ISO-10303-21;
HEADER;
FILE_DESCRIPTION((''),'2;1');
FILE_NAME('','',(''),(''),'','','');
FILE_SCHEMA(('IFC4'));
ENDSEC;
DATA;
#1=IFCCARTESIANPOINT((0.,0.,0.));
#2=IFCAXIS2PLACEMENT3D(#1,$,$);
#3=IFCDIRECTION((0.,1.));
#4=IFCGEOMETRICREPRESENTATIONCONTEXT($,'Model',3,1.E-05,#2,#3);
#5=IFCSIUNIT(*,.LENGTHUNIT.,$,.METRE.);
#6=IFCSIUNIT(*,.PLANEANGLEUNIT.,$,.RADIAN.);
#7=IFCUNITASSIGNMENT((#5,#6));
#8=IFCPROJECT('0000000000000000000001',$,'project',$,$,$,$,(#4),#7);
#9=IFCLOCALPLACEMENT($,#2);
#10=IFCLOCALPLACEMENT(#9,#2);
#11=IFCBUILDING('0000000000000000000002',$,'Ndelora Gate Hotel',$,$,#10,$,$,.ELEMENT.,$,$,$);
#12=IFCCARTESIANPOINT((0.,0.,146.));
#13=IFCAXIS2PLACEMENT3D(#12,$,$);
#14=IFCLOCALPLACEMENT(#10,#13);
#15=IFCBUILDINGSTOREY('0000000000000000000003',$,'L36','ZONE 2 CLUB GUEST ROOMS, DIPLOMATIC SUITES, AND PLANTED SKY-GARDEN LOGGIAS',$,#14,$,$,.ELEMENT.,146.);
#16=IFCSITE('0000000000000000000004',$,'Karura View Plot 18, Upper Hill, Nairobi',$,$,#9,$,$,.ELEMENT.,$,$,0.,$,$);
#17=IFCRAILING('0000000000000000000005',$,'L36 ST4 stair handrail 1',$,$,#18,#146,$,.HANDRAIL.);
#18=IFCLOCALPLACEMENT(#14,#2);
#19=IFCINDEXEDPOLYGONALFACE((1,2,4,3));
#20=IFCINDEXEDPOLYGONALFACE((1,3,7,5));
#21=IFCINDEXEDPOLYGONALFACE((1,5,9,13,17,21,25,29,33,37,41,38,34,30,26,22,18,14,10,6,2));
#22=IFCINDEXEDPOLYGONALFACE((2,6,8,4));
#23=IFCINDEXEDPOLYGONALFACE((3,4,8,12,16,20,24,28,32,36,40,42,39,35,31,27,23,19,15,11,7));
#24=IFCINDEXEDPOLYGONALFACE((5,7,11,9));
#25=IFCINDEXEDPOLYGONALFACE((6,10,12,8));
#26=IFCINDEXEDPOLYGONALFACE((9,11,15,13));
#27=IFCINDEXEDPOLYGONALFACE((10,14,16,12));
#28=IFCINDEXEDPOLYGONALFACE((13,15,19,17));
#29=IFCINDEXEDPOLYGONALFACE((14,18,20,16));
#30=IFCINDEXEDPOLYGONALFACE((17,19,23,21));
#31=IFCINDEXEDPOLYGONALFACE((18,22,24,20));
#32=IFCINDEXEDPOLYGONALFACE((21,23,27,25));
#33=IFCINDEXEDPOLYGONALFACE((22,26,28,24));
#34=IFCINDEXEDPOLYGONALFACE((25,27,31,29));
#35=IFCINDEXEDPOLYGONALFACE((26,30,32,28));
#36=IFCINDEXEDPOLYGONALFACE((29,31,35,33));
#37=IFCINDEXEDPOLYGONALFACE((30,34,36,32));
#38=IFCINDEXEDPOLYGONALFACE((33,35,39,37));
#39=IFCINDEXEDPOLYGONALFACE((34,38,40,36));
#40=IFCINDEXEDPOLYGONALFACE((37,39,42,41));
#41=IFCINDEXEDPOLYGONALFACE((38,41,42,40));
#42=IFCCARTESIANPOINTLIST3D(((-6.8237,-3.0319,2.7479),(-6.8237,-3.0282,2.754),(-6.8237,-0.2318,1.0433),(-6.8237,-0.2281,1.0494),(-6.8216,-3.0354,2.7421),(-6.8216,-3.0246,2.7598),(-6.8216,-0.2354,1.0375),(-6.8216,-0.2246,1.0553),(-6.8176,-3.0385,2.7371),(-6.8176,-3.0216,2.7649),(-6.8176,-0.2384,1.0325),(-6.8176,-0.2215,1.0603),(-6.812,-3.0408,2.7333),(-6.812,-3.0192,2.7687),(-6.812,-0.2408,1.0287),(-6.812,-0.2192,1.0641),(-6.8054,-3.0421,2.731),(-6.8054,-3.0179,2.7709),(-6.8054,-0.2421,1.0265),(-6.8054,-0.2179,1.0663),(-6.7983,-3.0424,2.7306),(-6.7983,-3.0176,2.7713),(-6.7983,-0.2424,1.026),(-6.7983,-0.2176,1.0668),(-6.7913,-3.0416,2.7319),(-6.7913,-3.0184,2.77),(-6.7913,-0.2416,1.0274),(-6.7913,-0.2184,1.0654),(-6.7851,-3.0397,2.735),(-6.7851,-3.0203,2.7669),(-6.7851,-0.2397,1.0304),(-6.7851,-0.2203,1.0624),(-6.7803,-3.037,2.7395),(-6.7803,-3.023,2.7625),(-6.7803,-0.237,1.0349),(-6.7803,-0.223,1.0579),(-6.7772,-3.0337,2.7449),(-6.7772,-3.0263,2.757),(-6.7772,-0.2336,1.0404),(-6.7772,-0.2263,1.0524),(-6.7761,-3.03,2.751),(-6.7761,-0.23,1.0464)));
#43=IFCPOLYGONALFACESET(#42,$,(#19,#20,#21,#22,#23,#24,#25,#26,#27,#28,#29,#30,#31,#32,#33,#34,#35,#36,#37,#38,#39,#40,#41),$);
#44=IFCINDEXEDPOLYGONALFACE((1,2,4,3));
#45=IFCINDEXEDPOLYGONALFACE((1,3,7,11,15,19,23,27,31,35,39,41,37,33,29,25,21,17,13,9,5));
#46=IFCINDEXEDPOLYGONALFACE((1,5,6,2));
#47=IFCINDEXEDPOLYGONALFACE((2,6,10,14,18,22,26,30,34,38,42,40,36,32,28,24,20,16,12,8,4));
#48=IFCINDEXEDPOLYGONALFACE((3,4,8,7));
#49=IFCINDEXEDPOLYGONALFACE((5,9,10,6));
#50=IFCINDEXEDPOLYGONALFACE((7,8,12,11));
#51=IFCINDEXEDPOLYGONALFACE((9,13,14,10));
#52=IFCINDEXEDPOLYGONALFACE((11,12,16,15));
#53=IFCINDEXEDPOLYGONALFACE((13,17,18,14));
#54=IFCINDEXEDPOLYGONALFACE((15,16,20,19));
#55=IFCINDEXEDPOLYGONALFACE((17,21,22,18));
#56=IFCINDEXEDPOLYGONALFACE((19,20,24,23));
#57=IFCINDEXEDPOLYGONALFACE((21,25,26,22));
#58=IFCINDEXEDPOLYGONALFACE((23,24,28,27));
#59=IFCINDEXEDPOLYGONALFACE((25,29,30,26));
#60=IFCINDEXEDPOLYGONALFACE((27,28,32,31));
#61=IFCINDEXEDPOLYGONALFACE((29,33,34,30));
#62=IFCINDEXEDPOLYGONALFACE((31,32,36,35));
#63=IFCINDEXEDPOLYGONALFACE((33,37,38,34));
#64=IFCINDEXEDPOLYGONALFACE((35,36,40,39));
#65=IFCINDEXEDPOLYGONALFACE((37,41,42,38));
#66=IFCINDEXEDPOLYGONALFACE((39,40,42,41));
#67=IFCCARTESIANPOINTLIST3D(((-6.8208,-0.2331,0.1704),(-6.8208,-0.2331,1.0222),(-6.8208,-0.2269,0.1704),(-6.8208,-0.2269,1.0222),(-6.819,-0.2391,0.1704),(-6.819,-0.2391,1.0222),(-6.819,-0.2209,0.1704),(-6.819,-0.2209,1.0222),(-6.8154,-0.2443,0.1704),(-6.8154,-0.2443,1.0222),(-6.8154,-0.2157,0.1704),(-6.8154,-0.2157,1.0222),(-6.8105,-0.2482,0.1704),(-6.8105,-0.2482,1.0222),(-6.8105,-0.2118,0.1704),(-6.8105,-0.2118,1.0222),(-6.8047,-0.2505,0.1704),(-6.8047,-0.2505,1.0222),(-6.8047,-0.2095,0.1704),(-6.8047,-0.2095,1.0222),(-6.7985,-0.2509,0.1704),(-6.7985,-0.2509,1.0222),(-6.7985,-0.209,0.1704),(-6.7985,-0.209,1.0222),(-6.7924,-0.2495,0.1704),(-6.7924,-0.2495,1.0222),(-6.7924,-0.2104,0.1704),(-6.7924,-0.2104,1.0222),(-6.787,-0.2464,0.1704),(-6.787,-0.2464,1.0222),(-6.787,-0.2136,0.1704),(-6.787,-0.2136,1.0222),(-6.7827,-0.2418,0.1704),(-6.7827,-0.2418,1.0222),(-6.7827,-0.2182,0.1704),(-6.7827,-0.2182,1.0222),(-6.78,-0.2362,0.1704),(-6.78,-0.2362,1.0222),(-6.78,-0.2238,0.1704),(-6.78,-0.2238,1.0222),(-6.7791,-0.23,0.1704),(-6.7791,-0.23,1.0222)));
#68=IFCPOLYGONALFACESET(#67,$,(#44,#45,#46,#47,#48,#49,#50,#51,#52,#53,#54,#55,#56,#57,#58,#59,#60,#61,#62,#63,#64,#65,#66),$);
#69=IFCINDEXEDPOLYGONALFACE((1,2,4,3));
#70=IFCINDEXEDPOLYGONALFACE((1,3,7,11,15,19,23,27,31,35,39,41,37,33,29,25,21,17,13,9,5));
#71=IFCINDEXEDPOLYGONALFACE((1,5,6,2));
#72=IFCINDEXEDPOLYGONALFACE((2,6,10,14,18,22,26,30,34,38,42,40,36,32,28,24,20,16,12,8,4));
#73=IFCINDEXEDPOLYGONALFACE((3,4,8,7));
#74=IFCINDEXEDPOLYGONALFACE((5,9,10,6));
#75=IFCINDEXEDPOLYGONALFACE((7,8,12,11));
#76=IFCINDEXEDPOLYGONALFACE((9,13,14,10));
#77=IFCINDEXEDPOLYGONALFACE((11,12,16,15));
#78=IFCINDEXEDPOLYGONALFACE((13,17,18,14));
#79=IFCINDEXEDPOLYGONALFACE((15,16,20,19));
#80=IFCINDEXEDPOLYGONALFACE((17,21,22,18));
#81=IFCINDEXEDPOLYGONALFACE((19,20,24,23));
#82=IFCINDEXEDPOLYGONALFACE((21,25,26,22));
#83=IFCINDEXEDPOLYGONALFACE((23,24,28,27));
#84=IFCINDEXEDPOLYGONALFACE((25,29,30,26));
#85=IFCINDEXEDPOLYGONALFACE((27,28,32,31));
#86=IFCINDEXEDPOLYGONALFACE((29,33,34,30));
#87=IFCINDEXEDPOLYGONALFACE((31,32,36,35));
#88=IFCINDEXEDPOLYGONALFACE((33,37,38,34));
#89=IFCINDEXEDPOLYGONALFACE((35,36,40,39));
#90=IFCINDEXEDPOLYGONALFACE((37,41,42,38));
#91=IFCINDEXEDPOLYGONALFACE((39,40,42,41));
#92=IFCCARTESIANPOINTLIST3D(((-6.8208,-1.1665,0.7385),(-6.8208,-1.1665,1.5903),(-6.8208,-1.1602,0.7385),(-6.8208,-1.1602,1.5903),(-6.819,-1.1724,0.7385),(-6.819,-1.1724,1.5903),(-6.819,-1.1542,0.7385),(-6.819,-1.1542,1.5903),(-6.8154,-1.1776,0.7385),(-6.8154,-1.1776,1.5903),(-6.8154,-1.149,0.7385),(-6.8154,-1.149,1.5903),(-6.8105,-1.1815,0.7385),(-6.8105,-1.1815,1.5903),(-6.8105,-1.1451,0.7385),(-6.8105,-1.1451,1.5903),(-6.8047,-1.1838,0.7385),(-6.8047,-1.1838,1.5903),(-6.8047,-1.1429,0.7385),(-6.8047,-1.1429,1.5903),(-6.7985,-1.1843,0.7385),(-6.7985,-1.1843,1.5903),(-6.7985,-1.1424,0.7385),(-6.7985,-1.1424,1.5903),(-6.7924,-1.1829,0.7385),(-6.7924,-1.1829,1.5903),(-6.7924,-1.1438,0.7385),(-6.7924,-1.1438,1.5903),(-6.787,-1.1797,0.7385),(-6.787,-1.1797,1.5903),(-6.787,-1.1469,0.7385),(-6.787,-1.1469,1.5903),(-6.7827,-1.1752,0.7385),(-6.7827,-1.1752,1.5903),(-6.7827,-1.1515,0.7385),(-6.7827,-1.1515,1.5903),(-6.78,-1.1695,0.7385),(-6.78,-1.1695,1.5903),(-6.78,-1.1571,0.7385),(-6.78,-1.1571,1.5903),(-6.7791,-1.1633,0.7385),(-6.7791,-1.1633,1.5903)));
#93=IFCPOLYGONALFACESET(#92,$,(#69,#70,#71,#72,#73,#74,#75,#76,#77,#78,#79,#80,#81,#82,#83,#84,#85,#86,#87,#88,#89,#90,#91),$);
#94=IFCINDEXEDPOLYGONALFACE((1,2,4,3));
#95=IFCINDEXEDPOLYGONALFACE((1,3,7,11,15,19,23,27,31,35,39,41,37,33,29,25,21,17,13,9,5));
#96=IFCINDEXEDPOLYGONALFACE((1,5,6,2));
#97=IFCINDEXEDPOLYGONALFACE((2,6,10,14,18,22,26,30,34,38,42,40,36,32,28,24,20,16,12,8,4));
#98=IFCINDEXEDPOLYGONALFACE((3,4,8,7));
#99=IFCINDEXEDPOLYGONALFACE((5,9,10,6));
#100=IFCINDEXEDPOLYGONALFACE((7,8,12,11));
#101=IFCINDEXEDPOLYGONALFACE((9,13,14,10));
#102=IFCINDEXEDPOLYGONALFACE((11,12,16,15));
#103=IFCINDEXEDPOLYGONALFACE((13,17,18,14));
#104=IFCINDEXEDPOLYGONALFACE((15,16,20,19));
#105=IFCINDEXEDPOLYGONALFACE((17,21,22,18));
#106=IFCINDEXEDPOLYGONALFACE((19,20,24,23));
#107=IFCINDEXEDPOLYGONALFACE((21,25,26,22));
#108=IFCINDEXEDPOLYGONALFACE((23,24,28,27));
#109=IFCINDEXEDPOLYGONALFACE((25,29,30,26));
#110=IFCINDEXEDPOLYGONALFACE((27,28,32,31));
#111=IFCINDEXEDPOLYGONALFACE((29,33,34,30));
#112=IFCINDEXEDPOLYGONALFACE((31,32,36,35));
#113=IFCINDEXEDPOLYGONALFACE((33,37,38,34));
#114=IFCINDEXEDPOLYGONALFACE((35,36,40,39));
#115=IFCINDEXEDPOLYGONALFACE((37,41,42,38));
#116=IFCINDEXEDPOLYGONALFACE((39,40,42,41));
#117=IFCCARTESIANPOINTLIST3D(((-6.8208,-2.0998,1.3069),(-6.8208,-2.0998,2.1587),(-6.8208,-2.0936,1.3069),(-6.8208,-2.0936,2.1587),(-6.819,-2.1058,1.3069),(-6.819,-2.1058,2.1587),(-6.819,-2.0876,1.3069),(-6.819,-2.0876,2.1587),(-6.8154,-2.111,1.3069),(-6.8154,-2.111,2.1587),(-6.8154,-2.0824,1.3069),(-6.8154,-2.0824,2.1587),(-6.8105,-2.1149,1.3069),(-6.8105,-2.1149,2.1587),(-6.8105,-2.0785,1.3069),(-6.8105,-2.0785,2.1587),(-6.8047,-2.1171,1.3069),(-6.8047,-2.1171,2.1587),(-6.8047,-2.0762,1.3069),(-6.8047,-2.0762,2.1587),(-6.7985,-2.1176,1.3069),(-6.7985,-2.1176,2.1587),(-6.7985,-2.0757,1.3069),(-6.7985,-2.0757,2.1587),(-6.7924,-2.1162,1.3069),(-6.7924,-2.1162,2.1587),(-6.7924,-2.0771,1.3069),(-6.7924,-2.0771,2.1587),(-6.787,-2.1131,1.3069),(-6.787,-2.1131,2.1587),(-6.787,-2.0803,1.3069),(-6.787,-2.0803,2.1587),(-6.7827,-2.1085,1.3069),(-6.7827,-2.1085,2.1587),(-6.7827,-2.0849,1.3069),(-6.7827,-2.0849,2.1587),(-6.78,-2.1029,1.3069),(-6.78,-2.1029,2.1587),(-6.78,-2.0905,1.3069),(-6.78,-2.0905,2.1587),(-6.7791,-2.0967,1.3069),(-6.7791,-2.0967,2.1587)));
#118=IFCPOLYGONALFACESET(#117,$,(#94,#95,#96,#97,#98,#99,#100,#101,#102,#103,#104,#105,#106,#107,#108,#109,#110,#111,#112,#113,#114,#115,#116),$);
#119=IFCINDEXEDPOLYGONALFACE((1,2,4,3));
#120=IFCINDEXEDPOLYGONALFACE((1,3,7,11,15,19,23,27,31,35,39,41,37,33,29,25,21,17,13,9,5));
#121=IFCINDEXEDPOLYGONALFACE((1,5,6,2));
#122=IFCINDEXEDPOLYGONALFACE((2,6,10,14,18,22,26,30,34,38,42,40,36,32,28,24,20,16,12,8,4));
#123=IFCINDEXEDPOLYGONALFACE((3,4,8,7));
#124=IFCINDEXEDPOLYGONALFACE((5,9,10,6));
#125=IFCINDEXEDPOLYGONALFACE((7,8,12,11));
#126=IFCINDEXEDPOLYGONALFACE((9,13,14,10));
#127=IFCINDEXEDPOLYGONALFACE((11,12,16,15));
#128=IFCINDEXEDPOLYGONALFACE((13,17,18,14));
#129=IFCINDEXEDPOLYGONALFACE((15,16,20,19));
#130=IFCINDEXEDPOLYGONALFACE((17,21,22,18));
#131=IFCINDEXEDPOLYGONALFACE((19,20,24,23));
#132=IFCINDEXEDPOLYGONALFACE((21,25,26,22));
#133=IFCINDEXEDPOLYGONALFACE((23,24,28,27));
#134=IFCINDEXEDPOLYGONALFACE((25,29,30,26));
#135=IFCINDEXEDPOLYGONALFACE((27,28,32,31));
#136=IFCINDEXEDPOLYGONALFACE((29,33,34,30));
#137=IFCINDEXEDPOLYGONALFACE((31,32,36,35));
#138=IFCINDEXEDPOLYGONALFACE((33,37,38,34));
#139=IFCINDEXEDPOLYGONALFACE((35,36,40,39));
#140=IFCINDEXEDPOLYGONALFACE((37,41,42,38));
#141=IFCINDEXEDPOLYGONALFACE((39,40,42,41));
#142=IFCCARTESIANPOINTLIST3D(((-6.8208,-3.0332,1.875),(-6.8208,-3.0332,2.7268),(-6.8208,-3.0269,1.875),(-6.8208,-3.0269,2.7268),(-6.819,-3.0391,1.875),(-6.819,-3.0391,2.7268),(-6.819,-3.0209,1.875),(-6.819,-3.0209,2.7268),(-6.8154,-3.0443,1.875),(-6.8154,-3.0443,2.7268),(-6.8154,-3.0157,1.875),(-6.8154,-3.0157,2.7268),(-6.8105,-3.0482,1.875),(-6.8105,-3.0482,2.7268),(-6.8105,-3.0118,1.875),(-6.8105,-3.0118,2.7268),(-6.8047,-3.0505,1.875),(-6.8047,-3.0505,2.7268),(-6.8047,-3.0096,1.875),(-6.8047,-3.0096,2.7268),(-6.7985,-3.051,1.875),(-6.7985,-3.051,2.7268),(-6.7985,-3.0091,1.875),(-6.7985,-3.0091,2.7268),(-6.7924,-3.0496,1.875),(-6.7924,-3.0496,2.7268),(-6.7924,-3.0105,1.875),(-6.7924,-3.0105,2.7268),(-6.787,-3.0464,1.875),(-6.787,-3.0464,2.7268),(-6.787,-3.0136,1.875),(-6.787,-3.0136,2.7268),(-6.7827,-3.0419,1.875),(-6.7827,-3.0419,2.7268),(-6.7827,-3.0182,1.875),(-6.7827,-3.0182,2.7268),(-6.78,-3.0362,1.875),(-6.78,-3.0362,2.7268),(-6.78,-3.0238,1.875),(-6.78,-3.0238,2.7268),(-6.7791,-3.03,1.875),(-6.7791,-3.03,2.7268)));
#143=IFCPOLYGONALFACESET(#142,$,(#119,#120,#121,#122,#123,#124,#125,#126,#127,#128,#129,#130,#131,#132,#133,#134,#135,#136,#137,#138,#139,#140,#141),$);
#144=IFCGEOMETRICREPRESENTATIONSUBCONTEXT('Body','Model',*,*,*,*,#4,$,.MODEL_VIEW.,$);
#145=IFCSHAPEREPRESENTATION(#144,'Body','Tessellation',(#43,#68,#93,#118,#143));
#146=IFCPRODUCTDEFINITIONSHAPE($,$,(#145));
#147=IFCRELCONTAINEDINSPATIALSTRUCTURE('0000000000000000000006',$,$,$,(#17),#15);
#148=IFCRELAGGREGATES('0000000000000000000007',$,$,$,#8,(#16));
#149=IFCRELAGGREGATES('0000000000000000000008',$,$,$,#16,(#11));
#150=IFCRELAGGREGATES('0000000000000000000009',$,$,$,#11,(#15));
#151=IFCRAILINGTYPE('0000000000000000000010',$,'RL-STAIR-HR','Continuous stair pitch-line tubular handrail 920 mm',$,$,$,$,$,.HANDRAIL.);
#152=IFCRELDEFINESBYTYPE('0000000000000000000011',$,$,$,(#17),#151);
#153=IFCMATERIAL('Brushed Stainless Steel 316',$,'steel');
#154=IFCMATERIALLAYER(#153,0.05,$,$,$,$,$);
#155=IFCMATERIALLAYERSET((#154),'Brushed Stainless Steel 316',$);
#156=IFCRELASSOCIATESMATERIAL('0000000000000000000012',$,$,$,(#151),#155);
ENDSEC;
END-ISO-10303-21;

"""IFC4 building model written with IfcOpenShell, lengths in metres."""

from ifc_helpers import new_model, si_unit, direction, frame, origin, origin_2d, place, context, subcontext, project, spatial, circle, extrude, material, layer, layer_set, type_object, element, save


model = new_model("IFC4")

# Units and contexts
model_context = context("Model", 3, precision=1e-05, world=origin(), true_north=direction((0.0, 1.0)))
body_context = subcontext(model_context, "Body", "Model", "MODEL_VIEW")
ifc_project = project(units=[si_unit("LENGTHUNIT", "METRE"), si_unit("PLANEANGLEUNIT", "RADIAN")], contexts=[model_context])

# Site, building, storey
site_placement = place(None, origin())
site = spatial("IfcSite", under=ifc_project, at=site_placement, Name="Karura View Plot 18, Upper Hill, Nairobi", CompositionType="ELEMENT", RefElevation=0.0)
building_placement = place(site_placement, origin())
building = spatial("IfcBuilding", under=site, at=building_placement, Name="Ndelora Gate Hotel", CompositionType="ELEMENT")
storey_placement = place(building_placement, frame((0.0, 0.0, 146.0)))
storey = spatial("IfcBuildingStorey", under=building, at=storey_placement, Name="L36", Description="ZONE 2 CLUB GUEST ROOMS, DIPLOMATIC SUITES, AND PLANTED SKY-GARDEN LOGGIAS", CompositionType="ELEMENT", Elevation=146.0)

# Railing
ifc_material_1 = material(Name="Brushed Stainless Steel 316", Category="steel")
ifc_layer_1 = layer(ifc_material_1, 0.05)
ifc_layer_set_1 = layer_set([ifc_layer_1], Name="Brushed Stainless Steel 316")
railing_type_1 = type_object("IfcRailingType", Name="RL-STAIR-HR", Description="Continuous stair pitch-line tubular handrail 920 mm", PredefinedType="HANDRAIL", material=ifc_layer_set_1)
railing_1_placement = place(storey_placement, frame((-6.8, -0.23, 0.1704)))
element("IfcRailing", 1, at=railing_1_placement, inside=storey, type_object=railing_type_1, Name="L36 ST4 stair handrail 1", PredefinedType="HANDRAIL", context=body_context, shape_type="SweptSolid", body=[
    extrude(circle(Radius=0.0239, at=origin_2d()), frame((0.0, 0.0, 0.876), z_axis=(0.0, -0.85417, 0.519994), x_axis=(1.0, 0.0, 0.0)), (0.0, 0.0, 1.0), 3.2781),
    extrude(circle(Radius=0.021, at=origin_2d()), origin(), (0.0, 0.0, 1.0), 0.8518),
    extrude(circle(Radius=0.021, at=origin_2d()), frame((0.0, -0.9333, 0.5681)), (0.0, 0.0, 1.0), 0.8518),
    extrude(circle(Radius=0.021, at=origin_2d()), frame((0.0, -1.8667, 1.1365)), (0.0, 0.0, 1.0), 0.8518),
    extrude(circle(Radius=0.021, at=origin_2d()), frame((0.0, -2.8, 1.7046)), (0.0, 0.0, 1.0), 0.8518),
])

save(model, "model.ifc")
